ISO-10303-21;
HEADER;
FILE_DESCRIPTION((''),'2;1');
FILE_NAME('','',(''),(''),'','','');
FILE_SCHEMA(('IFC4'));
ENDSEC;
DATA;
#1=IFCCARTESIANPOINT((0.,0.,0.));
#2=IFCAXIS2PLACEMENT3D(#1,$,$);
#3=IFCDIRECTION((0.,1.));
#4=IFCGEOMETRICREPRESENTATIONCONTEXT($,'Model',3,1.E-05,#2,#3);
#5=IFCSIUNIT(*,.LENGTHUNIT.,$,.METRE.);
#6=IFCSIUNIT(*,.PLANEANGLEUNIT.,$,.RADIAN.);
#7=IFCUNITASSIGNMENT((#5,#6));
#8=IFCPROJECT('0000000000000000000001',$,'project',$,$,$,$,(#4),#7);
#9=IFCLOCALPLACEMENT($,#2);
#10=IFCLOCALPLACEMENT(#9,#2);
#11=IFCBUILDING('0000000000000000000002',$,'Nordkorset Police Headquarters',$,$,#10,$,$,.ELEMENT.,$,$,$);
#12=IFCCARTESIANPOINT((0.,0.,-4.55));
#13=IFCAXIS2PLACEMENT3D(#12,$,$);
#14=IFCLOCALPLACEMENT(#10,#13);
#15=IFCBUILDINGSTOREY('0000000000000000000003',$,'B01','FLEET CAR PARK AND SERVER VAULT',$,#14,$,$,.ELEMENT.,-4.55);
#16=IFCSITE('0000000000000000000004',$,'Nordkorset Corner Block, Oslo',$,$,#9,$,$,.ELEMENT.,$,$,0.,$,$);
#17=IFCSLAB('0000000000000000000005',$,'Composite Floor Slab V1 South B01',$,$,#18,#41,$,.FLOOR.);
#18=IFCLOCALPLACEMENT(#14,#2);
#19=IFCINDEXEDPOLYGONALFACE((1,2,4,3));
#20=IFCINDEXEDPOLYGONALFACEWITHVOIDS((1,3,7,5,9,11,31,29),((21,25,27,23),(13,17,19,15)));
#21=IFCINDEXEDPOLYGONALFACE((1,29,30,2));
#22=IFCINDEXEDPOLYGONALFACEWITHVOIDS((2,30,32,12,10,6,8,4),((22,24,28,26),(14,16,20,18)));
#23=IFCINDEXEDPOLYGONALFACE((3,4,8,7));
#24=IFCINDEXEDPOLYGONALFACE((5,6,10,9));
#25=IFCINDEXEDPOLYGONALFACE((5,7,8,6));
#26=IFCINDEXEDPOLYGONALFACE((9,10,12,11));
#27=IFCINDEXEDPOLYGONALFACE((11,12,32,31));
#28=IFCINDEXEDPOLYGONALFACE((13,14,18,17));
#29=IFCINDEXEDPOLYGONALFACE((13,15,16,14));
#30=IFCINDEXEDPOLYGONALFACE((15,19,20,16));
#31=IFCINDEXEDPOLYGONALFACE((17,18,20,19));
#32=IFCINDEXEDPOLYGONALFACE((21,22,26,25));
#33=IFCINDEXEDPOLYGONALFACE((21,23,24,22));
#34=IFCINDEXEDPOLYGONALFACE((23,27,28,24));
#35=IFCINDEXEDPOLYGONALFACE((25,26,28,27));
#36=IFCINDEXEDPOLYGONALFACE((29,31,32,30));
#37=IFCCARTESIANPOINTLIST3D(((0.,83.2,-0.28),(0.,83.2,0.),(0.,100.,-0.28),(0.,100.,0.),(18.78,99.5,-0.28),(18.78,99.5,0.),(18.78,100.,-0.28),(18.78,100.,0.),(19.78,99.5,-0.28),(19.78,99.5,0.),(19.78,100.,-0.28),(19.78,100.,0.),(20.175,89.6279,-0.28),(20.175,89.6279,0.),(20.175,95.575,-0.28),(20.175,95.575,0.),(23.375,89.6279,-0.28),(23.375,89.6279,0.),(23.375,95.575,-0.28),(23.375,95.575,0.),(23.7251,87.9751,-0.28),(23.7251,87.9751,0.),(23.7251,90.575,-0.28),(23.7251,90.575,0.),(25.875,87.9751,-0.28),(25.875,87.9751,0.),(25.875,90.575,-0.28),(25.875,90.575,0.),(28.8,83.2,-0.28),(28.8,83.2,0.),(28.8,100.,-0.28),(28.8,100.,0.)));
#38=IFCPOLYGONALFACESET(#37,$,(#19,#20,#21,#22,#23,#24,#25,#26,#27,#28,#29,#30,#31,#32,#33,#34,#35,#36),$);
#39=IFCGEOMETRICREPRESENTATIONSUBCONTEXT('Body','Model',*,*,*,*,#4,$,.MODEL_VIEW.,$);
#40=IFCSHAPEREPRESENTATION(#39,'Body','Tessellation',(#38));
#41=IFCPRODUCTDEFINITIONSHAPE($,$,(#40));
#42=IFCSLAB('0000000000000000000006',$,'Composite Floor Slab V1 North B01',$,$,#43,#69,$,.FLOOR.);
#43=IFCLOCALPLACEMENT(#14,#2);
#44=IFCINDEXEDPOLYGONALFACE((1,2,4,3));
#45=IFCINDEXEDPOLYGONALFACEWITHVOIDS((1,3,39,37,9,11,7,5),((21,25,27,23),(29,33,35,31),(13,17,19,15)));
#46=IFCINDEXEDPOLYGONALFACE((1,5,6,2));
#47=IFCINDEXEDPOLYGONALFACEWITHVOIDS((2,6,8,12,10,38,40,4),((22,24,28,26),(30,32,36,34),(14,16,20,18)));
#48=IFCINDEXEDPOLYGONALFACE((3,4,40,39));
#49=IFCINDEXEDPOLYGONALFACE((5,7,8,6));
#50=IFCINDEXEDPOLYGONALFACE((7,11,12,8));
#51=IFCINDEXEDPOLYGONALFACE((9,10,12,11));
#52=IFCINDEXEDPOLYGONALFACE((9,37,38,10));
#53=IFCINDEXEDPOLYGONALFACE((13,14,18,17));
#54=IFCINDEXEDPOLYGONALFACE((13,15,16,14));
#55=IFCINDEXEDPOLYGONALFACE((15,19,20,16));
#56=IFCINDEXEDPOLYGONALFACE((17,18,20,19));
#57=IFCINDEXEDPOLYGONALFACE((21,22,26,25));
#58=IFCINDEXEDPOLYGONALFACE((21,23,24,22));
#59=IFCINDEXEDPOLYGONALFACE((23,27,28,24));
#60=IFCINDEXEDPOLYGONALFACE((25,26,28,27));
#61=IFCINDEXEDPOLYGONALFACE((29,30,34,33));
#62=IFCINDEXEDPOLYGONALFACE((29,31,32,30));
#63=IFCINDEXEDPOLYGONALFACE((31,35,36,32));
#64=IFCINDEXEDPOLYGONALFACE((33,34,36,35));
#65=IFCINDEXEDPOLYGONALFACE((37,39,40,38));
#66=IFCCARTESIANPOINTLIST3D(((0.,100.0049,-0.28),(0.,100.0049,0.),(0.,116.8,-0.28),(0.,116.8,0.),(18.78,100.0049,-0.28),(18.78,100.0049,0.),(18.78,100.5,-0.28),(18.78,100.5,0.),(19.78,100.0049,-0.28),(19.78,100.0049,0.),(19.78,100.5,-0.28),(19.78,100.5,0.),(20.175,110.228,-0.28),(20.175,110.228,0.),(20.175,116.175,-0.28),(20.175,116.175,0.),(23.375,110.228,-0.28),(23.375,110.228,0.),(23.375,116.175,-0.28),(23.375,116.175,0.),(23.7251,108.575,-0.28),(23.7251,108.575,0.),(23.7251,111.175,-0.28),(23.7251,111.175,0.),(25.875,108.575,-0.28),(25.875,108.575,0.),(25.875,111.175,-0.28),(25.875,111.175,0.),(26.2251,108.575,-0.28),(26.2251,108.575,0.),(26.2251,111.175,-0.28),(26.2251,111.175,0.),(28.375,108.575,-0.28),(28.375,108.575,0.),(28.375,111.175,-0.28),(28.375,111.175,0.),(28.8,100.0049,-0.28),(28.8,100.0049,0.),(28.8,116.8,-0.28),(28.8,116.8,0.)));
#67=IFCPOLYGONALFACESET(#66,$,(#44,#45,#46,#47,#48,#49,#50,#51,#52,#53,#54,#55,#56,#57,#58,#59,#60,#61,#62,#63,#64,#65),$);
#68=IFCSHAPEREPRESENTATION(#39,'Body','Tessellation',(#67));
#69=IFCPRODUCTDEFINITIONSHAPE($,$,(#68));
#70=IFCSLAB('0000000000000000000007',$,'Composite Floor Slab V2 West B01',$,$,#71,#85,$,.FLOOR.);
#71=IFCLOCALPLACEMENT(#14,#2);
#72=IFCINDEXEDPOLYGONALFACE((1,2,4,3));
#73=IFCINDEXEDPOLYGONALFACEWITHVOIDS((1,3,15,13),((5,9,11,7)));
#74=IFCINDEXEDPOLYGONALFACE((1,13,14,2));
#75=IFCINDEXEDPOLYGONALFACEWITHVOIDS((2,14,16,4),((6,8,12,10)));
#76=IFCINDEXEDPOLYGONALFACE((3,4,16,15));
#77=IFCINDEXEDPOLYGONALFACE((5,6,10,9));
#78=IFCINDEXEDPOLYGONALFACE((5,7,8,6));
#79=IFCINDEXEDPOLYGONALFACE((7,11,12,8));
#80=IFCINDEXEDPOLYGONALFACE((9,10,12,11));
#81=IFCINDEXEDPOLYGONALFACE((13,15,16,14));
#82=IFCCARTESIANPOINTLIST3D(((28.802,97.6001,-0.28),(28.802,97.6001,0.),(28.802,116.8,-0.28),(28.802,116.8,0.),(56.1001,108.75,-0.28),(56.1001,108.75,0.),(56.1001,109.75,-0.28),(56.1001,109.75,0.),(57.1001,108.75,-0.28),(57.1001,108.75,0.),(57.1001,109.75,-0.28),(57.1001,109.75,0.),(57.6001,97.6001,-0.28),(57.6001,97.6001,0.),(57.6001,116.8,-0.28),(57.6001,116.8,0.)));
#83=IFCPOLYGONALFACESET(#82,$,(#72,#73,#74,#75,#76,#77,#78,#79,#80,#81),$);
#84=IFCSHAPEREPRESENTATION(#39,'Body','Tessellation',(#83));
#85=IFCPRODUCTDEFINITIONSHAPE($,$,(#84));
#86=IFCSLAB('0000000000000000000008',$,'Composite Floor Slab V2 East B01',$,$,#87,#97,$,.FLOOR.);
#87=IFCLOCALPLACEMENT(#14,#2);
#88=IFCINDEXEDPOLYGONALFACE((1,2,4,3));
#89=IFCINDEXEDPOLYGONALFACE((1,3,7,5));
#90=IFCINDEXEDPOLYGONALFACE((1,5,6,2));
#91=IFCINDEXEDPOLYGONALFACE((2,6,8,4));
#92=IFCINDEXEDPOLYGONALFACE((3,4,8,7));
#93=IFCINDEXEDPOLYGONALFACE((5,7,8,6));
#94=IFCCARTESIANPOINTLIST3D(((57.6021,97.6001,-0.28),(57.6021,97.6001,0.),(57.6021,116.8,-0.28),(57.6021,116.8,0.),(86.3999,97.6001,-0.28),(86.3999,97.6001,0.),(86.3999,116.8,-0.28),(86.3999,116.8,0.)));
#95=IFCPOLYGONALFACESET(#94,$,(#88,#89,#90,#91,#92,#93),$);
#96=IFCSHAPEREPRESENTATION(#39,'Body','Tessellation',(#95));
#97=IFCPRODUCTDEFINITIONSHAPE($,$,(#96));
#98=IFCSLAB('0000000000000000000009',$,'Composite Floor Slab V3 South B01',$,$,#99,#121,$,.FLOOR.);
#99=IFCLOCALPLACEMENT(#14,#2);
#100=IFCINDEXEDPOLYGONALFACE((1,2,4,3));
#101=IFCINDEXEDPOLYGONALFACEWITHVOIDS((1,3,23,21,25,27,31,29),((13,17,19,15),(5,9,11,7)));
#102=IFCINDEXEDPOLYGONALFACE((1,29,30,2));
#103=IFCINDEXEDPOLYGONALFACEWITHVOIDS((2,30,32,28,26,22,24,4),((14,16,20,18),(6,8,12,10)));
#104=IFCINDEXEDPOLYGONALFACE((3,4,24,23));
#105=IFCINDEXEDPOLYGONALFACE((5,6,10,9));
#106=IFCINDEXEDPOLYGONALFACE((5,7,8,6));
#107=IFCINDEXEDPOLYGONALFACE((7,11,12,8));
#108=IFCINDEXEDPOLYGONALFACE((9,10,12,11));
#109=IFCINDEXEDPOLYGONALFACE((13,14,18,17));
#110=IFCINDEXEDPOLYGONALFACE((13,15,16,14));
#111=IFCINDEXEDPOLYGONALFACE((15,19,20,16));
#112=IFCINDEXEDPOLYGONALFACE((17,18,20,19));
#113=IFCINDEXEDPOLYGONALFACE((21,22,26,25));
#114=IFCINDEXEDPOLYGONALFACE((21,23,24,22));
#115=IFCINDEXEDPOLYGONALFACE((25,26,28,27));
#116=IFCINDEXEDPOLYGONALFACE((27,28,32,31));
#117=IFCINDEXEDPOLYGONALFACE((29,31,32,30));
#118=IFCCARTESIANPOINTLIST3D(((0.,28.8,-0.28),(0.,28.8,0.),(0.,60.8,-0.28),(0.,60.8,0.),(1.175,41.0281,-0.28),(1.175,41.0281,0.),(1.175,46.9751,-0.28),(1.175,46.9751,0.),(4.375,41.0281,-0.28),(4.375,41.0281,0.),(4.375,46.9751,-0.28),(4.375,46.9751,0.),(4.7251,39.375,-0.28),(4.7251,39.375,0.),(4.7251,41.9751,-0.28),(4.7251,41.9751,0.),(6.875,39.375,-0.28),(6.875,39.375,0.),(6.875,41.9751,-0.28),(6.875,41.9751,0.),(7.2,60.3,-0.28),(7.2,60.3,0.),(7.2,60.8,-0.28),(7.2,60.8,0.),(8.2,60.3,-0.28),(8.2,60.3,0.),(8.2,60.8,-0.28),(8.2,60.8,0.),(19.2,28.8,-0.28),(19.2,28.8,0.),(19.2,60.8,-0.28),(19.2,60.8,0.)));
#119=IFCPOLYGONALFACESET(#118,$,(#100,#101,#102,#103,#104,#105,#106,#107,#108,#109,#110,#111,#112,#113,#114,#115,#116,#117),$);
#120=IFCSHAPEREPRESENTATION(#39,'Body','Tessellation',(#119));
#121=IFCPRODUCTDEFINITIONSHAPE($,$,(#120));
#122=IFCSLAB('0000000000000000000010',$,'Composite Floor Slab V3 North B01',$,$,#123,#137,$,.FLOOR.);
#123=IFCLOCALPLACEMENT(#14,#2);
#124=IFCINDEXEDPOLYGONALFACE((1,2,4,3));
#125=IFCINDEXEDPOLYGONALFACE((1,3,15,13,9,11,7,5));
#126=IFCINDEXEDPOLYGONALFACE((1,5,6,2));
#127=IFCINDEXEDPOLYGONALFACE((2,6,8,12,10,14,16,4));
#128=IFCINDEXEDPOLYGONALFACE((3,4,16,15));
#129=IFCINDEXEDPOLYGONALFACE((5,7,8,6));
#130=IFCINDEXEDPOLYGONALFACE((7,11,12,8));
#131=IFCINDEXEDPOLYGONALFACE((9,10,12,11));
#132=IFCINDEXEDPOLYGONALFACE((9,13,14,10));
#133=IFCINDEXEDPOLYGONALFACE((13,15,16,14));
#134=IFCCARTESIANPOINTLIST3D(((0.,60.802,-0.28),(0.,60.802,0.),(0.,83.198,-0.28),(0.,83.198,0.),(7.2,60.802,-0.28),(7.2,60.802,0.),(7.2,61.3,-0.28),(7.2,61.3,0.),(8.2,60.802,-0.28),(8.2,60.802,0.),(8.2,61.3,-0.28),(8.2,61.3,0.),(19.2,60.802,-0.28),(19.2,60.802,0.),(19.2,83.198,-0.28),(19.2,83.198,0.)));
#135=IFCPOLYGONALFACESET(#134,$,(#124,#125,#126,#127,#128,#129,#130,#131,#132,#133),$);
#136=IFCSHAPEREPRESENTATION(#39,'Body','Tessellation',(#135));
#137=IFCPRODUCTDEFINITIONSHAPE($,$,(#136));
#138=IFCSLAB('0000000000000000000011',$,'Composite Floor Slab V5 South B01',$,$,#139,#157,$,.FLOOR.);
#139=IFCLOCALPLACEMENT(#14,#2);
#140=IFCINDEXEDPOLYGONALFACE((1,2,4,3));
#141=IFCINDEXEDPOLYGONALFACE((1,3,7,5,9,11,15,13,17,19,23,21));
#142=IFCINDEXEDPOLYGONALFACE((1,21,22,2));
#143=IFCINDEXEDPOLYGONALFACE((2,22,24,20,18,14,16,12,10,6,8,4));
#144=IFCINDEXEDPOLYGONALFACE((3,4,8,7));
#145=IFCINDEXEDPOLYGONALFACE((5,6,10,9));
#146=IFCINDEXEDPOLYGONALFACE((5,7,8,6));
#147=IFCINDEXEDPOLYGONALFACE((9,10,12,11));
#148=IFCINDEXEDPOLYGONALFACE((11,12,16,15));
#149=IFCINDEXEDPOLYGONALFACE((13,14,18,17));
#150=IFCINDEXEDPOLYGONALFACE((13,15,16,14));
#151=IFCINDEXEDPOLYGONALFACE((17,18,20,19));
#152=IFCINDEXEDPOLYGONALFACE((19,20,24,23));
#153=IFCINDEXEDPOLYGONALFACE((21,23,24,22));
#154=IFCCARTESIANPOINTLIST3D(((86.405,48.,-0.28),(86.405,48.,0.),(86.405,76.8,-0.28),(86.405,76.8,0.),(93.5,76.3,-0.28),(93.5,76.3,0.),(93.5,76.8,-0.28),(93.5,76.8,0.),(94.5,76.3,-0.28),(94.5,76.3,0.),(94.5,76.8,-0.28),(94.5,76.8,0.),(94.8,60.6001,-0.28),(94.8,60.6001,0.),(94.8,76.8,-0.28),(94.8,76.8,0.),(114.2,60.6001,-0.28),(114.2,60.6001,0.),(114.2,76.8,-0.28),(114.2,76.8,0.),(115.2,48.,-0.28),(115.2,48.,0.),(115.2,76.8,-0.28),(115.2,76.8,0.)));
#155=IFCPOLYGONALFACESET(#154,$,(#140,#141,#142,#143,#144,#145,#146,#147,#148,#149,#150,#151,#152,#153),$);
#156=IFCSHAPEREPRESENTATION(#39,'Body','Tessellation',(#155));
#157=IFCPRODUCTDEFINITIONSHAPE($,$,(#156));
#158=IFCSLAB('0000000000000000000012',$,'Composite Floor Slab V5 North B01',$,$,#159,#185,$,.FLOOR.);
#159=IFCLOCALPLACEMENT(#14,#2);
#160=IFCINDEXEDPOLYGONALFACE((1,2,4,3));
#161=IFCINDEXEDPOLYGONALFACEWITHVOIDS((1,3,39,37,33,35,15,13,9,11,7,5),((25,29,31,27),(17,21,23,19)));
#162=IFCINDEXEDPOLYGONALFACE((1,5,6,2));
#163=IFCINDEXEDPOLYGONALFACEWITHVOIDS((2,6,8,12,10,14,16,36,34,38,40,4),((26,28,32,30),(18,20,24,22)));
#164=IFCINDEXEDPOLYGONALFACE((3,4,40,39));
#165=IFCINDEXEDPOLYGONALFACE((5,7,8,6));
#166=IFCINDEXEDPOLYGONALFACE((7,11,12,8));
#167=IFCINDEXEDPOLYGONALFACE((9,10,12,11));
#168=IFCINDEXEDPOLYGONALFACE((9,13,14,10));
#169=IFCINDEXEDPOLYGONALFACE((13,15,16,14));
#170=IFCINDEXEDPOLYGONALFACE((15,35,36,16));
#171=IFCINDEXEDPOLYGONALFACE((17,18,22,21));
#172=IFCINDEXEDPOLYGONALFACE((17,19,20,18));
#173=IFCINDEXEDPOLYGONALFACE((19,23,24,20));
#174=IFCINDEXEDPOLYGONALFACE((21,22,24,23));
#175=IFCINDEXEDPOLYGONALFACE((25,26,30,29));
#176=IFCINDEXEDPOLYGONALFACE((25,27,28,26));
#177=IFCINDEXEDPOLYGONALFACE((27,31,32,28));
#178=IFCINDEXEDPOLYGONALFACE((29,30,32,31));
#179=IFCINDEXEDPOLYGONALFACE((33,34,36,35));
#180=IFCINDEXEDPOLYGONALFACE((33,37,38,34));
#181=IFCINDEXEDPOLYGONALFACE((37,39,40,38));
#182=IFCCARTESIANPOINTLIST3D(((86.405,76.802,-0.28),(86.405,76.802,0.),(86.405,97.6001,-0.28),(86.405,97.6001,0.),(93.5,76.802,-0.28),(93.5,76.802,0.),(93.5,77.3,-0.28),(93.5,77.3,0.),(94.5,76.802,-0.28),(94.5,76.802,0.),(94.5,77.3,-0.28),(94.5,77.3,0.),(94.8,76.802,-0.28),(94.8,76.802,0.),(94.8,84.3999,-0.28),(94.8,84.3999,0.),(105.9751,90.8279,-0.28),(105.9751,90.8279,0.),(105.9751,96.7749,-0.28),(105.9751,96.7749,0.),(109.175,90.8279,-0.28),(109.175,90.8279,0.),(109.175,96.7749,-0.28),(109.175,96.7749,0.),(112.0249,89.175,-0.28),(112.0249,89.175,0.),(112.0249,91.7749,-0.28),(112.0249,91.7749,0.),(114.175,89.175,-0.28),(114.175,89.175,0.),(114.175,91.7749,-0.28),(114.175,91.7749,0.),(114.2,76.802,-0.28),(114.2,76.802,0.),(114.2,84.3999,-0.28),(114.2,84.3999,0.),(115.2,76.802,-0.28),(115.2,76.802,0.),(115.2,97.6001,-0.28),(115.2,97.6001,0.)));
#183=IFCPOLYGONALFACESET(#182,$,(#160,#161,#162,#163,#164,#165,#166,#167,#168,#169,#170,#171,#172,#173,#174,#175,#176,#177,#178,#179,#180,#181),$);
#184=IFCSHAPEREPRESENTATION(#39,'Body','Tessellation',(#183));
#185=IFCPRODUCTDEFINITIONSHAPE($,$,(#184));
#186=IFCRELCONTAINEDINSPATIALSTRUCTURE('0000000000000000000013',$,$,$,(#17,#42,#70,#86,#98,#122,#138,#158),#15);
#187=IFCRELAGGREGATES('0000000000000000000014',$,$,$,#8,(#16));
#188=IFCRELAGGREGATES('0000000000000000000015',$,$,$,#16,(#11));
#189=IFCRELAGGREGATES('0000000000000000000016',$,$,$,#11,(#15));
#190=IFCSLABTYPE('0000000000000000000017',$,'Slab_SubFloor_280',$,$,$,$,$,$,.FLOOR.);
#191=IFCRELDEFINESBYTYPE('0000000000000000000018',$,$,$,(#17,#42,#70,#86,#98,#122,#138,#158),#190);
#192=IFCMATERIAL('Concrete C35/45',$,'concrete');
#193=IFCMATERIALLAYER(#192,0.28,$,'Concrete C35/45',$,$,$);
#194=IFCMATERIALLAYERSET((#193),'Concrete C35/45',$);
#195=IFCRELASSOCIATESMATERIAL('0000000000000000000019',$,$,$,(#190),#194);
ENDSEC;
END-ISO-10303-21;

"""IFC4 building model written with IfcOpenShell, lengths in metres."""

from ifc_helpers import new_model, si_unit, direction, frame, origin, place, context, subcontext, project, spatial, polyline, outline, extrude, material, layer, layer_set, type_object, element, save


model = new_model("IFC4")

# Units and contexts
model_context = context("Model", 3, precision=1e-05, world=origin(), true_north=direction((0.0, 1.0)))
body_context = subcontext(model_context, "Body", "Model", "MODEL_VIEW")
ifc_project = project(units=[si_unit("LENGTHUNIT", "METRE"), si_unit("PLANEANGLEUNIT", "RADIAN")], contexts=[model_context])

# Site, building, storey
site_placement = place(None, origin())
site = spatial("IfcSite", under=ifc_project, at=site_placement, Name="Nordkorset Corner Block, Oslo", CompositionType="ELEMENT", RefElevation=0.0)
building_placement = place(site_placement, origin())
building = spatial("IfcBuilding", under=site, at=building_placement, Name="Nordkorset Police Headquarters", CompositionType="ELEMENT")
storey_placement = place(building_placement, frame((0.0, 0.0, -4.55)))
storey = spatial("IfcBuildingStorey", under=building, at=storey_placement, Name="B01", Description="FLEET CAR PARK AND SERVER VAULT", CompositionType="ELEMENT", Elevation=-4.55)

# Slabs
ifc_material_1 = material(Name="Concrete C35/45", Category="concrete")
ifc_layer_1 = layer(ifc_material_1, 0.28, Name="Concrete C35/45")
ifc_layer_set_1 = layer_set([ifc_layer_1], Name="Concrete C35/45")
slab_type_1 = type_object("IfcSlabType", Name="Slab_SubFloor_280", PredefinedType="FLOOR", material=ifc_layer_set_1)
slab_1_placement = place(storey_placement, frame((0.0, 0.0, -0.28)))
element("IfcSlab", 1, at=slab_1_placement, inside=storey, type_object=slab_type_1, Name="Composite Floor Slab V1 South B01", PredefinedType="FLOOR", context=body_context, shape_type="SweptSolid", body=[
    extrude(outline(polyline([(18.78, 100.0), (18.78, 99.5), (19.78, 99.5), (19.78, 100.0), (28.8, 100.0), (28.8, 83.2), (0.0, 83.2), (0.0, 100.0), (18.78, 100.0)]), holes=[polyline([(20.175, 95.575), (20.175, 89.6279), (23.375, 89.6279), (23.375, 95.575), (20.175, 95.575)]), polyline([(25.875, 90.575), (23.7251, 90.575), (23.7251, 87.9751), (25.875, 87.9751), (25.875, 90.575)])]), origin(), (0.0, 0.0, 1.0), 0.28),
])
slab_2_placement = place(storey_placement, frame((0.0, 0.0, -0.28)))
element("IfcSlab", 2, at=slab_2_placement, inside=storey, type_object=slab_type_1, Name="Composite Floor Slab V1 North B01", PredefinedType="FLOOR", context=body_context, shape_type="SweptSolid", body=[
    extrude(outline(polyline([(28.8, 100.0049), (19.78, 100.0049), (19.78, 100.5), (18.78, 100.5), (18.78, 100.0049), (0.0, 100.0049), (0.0, 116.8), (28.8, 116.8), (28.8, 100.0049)]), holes=[polyline([(20.175, 110.228), (23.375, 110.228), (23.375, 116.175), (20.175, 116.175), (20.175, 110.228)]), polyline([(23.7251, 111.175), (23.7251, 108.575), (25.875, 108.575), (25.875, 111.175), (23.7251, 111.175)]), polyline([(28.375, 111.175), (26.2251, 111.175), (26.2251, 108.575), (28.375, 108.575), (28.375, 111.175)])]), origin(), (0.0, 0.0, 1.0), 0.28),
])
slab_3_placement = place(storey_placement, frame((0.0, 0.0, -0.28)))
element("IfcSlab", 3, at=slab_3_placement, inside=storey, type_object=slab_type_1, Name="Composite Floor Slab V2 West B01", PredefinedType="FLOOR", context=body_context, shape_type="SweptSolid", body=[
    extrude(outline(polyline([(28.802, 116.8), (57.6001, 116.8), (57.6001, 97.6001), (28.802, 97.6001), (28.802, 116.8)]), holes=[polyline([(57.1001, 109.75), (56.1001, 109.75), (56.1001, 108.75), (57.1001, 108.75), (57.1001, 109.75)])]), origin(), (0.0, 0.0, 1.0), 0.28),
])
slab_4_placement = place(storey_placement, frame((0.0, 0.0, -0.28)))
element("IfcSlab", 4, at=slab_4_placement, inside=storey, type_object=slab_type_1, Name="Composite Floor Slab V2 East B01", PredefinedType="FLOOR", context=body_context, shape_type="SweptSolid", body=[
    extrude(outline(polyline([(57.6021, 97.6001), (86.3999, 97.6001), (86.3999, 116.8), (57.6021, 116.8), (57.6021, 97.6001)])), origin(), (0.0, 0.0, 1.0), 0.28),
])
slab_5_placement = place(storey_placement, frame((0.0, 0.0, -0.28)))
element("IfcSlab", 5, at=slab_5_placement, inside=storey, type_object=slab_type_1, Name="Composite Floor Slab V3 South B01", PredefinedType="FLOOR", context=body_context, shape_type="SweptSolid", body=[
    extrude(outline(polyline([(7.2, 60.8), (7.2, 60.3), (8.2, 60.3), (8.2, 60.8), (19.2, 60.8), (19.2, 28.8), (0.0, 28.8), (0.0, 60.8), (7.2, 60.8)]), holes=[polyline([(1.175, 46.9751), (1.175, 41.0281), (4.375, 41.0281), (4.375, 46.9751), (1.175, 46.9751)]), polyline([(6.875, 41.9751), (4.7251, 41.9751), (4.7251, 39.375), (6.875, 39.375), (6.875, 41.9751)])]), origin(), (0.0, 0.0, 1.0), 0.28),
])
slab_6_placement = place(storey_placement, frame((0.0, 0.0, -0.28)))
element("IfcSlab", 6, at=slab_6_placement, inside=storey, type_object=slab_type_1, Name="Composite Floor Slab V3 North B01", PredefinedType="FLOOR", context=body_context, shape_type="SweptSolid", body=[
    extrude(outline(polyline([(0.0, 60.802), (7.2, 60.802), (7.2, 61.3), (8.2, 61.3), (8.2, 60.802), (19.2, 60.802), (19.2, 83.198), (0.0, 83.198), (0.0, 60.802)])), origin(), (0.0, 0.0, 1.0), 0.28),
])
slab_7_placement = place(storey_placement, frame((0.0, 0.0, -0.28)))
element("IfcSlab", 7, at=slab_7_placement, inside=storey, type_object=slab_type_1, Name="Composite Floor Slab V5 South B01", PredefinedType="FLOOR", context=body_context, shape_type="SweptSolid", body=[
    extrude(outline(polyline([(115.2, 76.8), (115.2, 48.0), (86.405, 48.0), (86.405, 76.8), (93.5, 76.8), (93.5, 76.3), (94.5, 76.3), (94.5, 76.8), (94.8, 76.8), (94.8, 60.6001), (114.2, 60.6001), (114.2, 76.8), (115.2, 76.8)])), origin(), (0.0, 0.0, 1.0), 0.28),
])
slab_8_placement = place(storey_placement, frame((0.0, 0.0, -0.28)))
element("IfcSlab", 8, at=slab_8_placement, inside=storey, type_object=slab_type_1, Name="Composite Floor Slab V5 North B01", PredefinedType="FLOOR", context=body_context, shape_type="SweptSolid", body=[
    extrude(outline(polyline([(93.5, 77.3), (93.5, 76.802), (86.405, 76.802), (86.405, 97.6001), (115.2, 97.6001), (115.2, 76.802), (114.2, 76.802), (114.2, 84.3999), (94.8, 84.3999), (94.8, 76.802), (94.5, 76.802), (94.5, 77.3), (93.5, 77.3)]), holes=[polyline([(105.9751, 96.7749), (105.9751, 90.8279), (109.175, 90.8279), (109.175, 96.7749), (105.9751, 96.7749)]), polyline([(114.175, 91.7749), (112.0249, 91.7749), (112.0249, 89.175), (114.175, 89.175), (114.175, 91.7749)])]), origin(), (0.0, 0.0, 1.0), 0.28),
])

save(model, "model.ifc")
